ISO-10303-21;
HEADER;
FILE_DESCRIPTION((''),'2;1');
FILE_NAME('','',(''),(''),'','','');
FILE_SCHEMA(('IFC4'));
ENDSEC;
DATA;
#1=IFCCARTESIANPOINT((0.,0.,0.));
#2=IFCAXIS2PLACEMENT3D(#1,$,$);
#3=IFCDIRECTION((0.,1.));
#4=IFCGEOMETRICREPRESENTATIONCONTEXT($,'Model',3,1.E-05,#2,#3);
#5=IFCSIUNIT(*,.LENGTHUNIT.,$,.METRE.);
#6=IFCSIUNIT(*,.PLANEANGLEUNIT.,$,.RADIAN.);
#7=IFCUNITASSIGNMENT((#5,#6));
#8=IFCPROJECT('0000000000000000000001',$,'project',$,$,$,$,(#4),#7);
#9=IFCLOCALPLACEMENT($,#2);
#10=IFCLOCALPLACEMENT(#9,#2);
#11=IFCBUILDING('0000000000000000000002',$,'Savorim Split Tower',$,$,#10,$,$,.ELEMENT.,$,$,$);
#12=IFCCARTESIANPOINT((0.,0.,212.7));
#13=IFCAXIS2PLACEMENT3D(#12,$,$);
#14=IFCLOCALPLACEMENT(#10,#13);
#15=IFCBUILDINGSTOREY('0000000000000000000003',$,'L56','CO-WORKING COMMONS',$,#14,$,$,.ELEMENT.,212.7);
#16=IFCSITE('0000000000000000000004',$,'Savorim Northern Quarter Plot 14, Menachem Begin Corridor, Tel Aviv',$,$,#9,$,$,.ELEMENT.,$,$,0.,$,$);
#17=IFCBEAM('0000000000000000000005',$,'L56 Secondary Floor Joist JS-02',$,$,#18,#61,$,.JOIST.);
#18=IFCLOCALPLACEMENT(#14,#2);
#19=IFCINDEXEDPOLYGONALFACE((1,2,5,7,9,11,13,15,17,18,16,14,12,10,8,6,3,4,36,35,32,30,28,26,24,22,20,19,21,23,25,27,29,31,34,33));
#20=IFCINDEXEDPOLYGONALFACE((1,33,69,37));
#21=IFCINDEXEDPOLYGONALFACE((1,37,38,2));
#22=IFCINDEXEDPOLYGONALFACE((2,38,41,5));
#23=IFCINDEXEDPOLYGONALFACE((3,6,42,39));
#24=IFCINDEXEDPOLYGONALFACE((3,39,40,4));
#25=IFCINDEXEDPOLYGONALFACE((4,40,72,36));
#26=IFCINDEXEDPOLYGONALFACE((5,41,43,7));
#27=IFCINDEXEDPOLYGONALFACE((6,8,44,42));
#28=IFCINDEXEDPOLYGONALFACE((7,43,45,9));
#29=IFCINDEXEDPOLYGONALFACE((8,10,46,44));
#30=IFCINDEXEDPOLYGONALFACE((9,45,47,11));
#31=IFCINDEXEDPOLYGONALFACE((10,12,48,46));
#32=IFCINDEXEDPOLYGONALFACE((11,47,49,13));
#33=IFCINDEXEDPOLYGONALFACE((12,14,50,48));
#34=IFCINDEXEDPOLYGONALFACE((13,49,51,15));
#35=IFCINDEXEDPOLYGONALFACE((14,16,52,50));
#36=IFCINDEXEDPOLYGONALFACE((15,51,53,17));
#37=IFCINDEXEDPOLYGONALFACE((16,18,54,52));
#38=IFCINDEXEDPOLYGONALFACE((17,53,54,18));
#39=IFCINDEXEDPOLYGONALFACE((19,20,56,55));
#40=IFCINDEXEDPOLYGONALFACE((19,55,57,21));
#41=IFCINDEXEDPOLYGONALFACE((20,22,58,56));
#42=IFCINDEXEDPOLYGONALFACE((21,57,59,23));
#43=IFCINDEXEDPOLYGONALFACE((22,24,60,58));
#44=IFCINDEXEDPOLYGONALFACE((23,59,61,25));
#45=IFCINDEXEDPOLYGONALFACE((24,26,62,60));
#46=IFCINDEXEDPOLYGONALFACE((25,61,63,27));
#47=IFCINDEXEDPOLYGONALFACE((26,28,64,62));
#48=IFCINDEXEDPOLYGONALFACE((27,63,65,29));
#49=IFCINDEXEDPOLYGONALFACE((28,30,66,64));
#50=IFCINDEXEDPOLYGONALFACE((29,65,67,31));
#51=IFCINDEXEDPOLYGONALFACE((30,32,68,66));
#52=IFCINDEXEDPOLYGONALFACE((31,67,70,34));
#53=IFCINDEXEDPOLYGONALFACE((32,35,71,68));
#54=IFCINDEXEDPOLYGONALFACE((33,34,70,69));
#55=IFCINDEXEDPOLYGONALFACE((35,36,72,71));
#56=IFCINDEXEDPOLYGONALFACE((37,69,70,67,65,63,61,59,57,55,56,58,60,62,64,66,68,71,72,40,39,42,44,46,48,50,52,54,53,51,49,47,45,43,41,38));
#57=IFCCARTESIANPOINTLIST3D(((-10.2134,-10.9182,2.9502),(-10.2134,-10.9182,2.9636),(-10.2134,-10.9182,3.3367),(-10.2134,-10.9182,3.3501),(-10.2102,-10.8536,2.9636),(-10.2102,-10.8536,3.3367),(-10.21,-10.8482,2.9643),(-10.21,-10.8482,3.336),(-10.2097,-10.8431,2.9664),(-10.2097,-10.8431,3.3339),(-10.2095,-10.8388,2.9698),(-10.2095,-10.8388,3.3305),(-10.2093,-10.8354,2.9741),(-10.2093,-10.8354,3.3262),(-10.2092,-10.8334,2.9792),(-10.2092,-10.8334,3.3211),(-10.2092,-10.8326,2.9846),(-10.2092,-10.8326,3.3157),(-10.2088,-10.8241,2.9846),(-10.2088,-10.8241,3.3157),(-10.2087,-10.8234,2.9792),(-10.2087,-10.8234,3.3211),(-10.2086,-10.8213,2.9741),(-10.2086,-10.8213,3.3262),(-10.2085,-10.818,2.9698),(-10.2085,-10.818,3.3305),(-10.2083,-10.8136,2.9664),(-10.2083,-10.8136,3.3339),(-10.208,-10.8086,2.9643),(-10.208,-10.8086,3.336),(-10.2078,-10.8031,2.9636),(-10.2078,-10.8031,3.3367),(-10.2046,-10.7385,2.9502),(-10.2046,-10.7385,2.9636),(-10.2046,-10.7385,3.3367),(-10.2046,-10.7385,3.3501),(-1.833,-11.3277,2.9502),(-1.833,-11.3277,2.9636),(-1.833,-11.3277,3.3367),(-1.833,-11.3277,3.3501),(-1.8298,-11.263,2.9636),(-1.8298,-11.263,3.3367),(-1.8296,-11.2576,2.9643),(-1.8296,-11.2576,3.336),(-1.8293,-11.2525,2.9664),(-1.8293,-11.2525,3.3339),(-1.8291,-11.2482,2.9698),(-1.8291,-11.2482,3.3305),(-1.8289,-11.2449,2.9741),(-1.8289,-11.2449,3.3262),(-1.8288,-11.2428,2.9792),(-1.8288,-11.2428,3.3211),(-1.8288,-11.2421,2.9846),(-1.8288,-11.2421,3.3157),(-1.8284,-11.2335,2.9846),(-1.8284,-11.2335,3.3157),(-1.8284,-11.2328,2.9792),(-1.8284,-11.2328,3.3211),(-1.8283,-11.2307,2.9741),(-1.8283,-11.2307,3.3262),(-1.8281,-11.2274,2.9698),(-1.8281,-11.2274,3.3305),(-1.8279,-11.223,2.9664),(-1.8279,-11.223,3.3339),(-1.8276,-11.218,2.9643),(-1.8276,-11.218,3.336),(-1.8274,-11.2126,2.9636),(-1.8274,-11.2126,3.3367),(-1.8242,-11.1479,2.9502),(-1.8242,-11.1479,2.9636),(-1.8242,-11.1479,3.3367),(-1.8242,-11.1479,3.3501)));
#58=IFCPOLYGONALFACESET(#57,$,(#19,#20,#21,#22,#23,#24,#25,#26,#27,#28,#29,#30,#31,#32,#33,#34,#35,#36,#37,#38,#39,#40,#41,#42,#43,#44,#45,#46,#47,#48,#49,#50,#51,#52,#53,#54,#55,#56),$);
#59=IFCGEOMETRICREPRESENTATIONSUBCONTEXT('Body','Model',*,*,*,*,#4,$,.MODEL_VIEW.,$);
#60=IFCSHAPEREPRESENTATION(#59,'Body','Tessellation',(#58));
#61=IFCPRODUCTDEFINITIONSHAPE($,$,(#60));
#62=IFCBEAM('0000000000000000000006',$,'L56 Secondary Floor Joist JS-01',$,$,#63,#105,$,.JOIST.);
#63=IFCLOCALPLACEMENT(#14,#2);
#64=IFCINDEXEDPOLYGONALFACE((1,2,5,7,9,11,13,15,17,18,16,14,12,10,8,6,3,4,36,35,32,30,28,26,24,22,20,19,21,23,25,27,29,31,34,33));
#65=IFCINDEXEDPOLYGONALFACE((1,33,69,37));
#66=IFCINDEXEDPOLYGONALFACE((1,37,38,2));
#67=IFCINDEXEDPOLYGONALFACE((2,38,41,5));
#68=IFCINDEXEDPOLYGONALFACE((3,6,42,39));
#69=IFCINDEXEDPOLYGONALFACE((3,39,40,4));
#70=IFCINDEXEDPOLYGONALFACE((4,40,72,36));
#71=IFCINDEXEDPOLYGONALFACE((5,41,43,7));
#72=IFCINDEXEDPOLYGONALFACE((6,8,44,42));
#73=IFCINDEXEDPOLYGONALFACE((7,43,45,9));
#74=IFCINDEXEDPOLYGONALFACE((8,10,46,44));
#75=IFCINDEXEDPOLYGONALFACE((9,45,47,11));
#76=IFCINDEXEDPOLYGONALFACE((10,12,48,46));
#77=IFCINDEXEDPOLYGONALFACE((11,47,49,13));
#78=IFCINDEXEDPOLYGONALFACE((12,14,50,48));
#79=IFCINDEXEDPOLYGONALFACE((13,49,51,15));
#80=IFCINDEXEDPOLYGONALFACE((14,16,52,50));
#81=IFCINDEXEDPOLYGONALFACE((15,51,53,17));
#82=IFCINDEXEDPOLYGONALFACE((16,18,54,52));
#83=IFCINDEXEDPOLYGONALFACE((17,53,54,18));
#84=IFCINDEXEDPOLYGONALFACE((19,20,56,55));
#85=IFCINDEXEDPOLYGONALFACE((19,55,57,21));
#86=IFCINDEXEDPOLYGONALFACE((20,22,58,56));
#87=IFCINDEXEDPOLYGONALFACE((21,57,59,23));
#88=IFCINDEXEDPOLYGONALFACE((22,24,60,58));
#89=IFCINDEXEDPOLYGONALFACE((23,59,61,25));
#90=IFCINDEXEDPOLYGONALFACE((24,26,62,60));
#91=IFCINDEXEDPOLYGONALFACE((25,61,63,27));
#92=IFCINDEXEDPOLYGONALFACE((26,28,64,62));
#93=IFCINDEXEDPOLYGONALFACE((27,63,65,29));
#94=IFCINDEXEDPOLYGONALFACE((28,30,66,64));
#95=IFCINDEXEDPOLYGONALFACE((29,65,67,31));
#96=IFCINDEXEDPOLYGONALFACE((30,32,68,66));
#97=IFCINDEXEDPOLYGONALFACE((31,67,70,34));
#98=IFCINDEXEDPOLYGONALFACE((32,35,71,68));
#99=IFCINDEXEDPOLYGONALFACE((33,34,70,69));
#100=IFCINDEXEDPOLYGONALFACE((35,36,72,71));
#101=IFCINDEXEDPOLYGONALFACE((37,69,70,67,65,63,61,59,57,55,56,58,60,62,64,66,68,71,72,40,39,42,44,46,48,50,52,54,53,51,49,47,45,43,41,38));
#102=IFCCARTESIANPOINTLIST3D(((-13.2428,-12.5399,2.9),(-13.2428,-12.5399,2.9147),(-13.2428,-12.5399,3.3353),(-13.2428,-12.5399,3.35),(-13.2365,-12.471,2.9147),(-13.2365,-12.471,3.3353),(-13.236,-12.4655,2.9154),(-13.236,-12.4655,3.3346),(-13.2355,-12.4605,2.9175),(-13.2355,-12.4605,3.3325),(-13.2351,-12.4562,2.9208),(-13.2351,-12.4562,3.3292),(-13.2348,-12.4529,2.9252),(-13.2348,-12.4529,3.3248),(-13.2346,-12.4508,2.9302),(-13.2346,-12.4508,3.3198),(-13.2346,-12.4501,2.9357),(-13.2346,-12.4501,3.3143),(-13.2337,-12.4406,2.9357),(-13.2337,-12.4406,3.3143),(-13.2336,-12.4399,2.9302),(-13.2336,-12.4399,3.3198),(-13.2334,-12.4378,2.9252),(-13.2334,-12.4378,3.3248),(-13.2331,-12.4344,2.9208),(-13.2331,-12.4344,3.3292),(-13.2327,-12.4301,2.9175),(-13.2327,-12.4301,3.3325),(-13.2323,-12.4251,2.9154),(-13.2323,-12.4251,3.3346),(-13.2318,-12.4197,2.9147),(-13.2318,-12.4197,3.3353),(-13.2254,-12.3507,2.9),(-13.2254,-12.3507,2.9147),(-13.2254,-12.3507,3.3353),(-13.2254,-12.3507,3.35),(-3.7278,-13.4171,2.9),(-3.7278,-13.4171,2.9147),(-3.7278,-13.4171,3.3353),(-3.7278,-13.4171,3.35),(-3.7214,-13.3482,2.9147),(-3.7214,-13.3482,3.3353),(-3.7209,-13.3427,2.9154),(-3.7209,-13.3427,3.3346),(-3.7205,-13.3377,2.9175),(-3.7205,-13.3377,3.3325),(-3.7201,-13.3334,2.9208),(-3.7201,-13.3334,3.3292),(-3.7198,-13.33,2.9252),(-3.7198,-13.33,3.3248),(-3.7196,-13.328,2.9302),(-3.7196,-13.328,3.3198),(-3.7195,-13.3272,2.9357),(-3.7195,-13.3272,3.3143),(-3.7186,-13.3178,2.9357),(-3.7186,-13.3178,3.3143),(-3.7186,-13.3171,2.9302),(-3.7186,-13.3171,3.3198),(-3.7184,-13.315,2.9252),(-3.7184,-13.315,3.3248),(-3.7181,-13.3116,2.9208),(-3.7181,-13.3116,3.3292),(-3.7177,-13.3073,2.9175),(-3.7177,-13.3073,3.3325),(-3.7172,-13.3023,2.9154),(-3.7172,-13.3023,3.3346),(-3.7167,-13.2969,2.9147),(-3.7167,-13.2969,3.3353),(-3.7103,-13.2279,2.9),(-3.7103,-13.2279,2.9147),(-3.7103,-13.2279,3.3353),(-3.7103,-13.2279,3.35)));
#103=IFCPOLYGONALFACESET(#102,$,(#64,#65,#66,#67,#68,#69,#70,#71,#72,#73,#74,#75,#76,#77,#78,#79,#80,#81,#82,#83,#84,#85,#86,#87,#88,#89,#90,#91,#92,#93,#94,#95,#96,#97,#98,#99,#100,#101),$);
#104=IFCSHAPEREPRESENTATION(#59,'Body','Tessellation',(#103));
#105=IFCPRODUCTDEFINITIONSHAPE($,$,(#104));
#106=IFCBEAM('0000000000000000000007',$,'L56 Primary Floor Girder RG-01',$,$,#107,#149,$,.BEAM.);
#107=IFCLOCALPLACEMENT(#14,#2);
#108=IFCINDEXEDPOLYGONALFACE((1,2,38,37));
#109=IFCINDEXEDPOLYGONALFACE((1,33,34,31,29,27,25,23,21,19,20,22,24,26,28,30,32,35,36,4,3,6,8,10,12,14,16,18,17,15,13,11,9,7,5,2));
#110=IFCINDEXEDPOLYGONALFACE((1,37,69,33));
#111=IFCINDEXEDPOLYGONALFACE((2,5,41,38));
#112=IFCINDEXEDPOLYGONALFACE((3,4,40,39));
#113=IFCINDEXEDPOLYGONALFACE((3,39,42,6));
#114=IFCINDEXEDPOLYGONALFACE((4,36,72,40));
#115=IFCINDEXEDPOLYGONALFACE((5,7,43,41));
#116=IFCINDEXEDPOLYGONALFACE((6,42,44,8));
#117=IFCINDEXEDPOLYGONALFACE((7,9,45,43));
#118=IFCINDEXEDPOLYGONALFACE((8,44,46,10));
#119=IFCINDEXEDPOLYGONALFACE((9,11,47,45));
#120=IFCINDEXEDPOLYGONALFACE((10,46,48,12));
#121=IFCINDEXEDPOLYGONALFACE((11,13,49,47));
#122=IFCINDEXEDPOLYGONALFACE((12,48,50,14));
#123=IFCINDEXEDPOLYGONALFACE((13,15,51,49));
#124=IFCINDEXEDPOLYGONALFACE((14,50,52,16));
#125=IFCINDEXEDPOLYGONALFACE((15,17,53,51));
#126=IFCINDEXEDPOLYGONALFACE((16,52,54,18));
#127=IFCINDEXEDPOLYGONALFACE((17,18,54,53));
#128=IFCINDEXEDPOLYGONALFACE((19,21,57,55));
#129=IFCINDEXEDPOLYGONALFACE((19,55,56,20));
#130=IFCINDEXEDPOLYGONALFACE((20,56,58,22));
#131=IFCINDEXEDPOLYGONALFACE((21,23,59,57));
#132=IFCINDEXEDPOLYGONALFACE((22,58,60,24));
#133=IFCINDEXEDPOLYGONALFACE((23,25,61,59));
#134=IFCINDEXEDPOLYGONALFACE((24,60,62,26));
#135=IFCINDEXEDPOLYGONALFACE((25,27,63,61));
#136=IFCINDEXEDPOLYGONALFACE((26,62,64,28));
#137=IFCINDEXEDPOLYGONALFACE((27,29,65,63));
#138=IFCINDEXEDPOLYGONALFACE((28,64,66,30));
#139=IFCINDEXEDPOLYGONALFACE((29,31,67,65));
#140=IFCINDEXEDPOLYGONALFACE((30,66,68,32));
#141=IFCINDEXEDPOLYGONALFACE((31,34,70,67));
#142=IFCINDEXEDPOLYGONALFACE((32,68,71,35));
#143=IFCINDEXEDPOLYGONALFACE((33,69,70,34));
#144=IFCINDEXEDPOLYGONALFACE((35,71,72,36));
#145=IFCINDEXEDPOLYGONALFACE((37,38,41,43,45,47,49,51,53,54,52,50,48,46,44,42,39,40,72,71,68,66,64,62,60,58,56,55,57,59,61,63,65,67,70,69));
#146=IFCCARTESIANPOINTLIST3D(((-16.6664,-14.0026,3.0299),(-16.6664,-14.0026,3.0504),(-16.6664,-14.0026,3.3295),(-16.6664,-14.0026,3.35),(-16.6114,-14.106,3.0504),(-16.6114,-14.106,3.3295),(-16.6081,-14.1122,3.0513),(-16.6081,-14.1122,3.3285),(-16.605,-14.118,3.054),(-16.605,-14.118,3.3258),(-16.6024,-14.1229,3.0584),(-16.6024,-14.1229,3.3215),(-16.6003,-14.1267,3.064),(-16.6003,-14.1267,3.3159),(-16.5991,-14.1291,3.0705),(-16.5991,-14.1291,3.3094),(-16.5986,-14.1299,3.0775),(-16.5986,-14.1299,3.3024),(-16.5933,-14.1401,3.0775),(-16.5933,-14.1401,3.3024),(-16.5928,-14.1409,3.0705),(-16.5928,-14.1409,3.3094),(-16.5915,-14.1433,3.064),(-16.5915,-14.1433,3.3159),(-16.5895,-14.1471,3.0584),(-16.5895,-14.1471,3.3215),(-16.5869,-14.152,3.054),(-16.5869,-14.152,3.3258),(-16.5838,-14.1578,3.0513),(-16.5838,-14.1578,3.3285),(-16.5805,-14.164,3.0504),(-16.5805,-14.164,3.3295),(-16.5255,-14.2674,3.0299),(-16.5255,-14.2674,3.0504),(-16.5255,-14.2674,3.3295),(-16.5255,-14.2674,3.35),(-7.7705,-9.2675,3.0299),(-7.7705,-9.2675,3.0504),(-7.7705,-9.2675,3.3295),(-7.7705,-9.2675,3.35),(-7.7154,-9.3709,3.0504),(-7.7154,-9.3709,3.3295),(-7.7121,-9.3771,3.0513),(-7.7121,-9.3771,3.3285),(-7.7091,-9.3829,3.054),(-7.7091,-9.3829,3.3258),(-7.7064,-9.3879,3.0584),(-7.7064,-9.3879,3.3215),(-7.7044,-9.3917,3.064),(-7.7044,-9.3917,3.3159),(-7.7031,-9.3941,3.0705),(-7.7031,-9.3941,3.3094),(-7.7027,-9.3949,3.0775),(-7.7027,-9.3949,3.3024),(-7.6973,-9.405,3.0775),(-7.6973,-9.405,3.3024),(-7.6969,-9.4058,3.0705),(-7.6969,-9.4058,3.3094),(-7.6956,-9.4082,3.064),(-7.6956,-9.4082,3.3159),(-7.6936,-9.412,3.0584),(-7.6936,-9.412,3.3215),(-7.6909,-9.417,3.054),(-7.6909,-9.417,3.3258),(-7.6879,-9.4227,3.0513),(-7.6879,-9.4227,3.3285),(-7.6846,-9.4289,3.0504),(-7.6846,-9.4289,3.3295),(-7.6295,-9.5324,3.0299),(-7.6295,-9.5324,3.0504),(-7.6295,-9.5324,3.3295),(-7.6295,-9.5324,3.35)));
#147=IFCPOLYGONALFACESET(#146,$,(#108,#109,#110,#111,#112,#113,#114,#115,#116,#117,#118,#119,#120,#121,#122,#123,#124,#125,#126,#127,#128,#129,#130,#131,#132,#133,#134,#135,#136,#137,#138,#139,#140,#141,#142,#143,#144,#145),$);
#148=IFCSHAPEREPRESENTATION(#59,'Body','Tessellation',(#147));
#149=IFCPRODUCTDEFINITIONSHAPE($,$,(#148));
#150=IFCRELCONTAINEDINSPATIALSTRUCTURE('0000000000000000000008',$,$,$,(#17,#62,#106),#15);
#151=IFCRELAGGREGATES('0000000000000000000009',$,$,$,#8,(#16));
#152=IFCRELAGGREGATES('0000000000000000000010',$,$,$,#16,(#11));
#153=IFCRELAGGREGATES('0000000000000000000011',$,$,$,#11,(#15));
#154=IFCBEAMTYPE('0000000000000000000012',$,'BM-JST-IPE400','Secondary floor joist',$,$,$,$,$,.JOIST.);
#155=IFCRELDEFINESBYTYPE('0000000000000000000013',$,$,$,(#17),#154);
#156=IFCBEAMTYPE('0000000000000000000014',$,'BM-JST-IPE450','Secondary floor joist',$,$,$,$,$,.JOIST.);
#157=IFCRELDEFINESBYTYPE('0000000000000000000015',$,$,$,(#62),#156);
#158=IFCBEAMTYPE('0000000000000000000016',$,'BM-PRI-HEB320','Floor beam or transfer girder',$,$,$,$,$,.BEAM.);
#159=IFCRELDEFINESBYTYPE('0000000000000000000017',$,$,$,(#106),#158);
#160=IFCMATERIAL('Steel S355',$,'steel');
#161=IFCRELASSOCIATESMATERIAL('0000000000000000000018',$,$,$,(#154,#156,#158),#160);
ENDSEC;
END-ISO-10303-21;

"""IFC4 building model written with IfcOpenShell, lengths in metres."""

from ifc_helpers import new_model, si_unit, direction, frame, origin, origin_2d, place, context, subcontext, project, spatial, i_section, extrude, material, material_profile, profile_set, type_object, element, save


model = new_model("IFC4")

# Units and contexts
model_context = context("Model", 3, precision=1e-05, world=origin(), true_north=direction((0.0, 1.0)))
body_context = subcontext(model_context, "Body", "Model", "MODEL_VIEW")
ifc_project = project(units=[si_unit("LENGTHUNIT", "METRE"), si_unit("PLANEANGLEUNIT", "RADIAN")], contexts=[model_context])

# Site, building, storey
site_placement = place(None, origin())
site = spatial("IfcSite", under=ifc_project, at=site_placement, Name="Savorim Northern Quarter Plot 14, Menachem Begin Corridor, Tel Aviv", CompositionType="ELEMENT", RefElevation=0.0)
building_placement = place(site_placement, origin())
building = spatial("IfcBuilding", under=site, at=building_placement, Name="Savorim Split Tower", CompositionType="ELEMENT")
storey_placement = place(building_placement, frame((0.0, 0.0, 212.7)))
storey = spatial("IfcBuildingStorey", under=building, at=storey_placement, Name="L56", Description="CO-WORKING COMMONS", CompositionType="ELEMENT", Elevation=212.7)

# Beams
ifc_material_1 = material(Name="Steel S355", Category="steel")
ifc_material_profile_1 = material_profile(ifc_material_1, i_section(OverallWidth=0.1799, OverallDepth=0.3999, WebThickness=0.0085, FlangeThickness=0.0134, FilletRadius=0.021, at=origin_2d()), Name="IPE 400")
ifc_profile_set_1 = profile_set([ifc_material_profile_1], Name="Steel S355")
beam_type_1 = type_object("IfcBeamType", Name="BM-JST-IPE400", Description="Secondary floor joist", PredefinedType="JOIST", material=ifc_profile_set_1)
beam_1_placement = place(storey_placement, frame((-10.209, -10.8284, 3.1501), z_axis=(0.998809, -0.048797, 0.0), x_axis=(0.048797, 0.998809, 0.0)))
element("IfcBeam", 1, at=beam_1_placement, inside=storey, type_object=beam_type_1, Name="L56 Secondary Floor Joist JS-02", PredefinedType="JOIST", context=body_context, shape_type="SweptSolid", body=[
    extrude(i_section(OverallWidth=0.1799, OverallDepth=0.3999, WebThickness=0.0085, FlangeThickness=0.0134, FilletRadius=0.021, at=origin_2d()), origin(), (0.0, 0.0, 1.0), 8.3904),
])
ifc_material_profile_2 = material_profile(ifc_material_1, i_section(OverallWidth=0.1899, OverallDepth=0.45, WebThickness=0.0095, FlangeThickness=0.0146, FilletRadius=0.021, at=origin_2d()), Name="IPE 450")
ifc_profile_set_2 = profile_set([ifc_material_profile_2], Name="Steel S355")
beam_type_2 = type_object("IfcBeamType", Name="BM-JST-IPE450", Description="Secondary floor joist", PredefinedType="JOIST", material=ifc_profile_set_2)
beam_2_placement = place(storey_placement, frame((-13.2341, -12.4453, 3.125), z_axis=(0.995777, -0.0918, 0.0), x_axis=(0.0918, 0.995777, 0.0)))
element("IfcBeam", 2, at=beam_2_placement, inside=storey, type_object=beam_type_2, Name="L56 Secondary Floor Joist JS-01", PredefinedType="JOIST", context=body_context, shape_type="SweptSolid", body=[
    extrude(i_section(OverallWidth=0.1899, OverallDepth=0.45, WebThickness=0.0095, FlangeThickness=0.0146, FilletRadius=0.021, at=origin_2d()), origin(), (0.0, 0.0, 1.0), 9.5554),
])
ifc_material_profile_3 = material_profile(ifc_material_1, i_section(OverallWidth=0.3, OverallDepth=0.3201, WebThickness=0.0115, FlangeThickness=0.0205, FilletRadius=0.0271, at=origin_2d()), Name="HEB 320")
ifc_profile_set_3 = profile_set([ifc_material_profile_3], Name="Steel S355")
beam_type_3 = type_object("IfcBeamType", Name="BM-PRI-HEB320", Description="Floor beam or transfer girder", PredefinedType="BEAM", material=ifc_profile_set_3)
beam_3_placement = place(storey_placement, frame((-16.5959, -14.135, 3.1899), z_axis=(0.882741, 0.46986, 0.0), x_axis=(-0.46986, 0.882741, 0.0)))
element("IfcBeam", 3, at=beam_3_placement, inside=storey, type_object=beam_type_3, Name="L56 Primary Floor Girder RG-01", PredefinedType="BEAM", context=body_context, shape_type="SweptSolid", body=[
    extrude(i_section(OverallWidth=0.3, OverallDepth=0.3201, WebThickness=0.0115, FlangeThickness=0.0205, FilletRadius=0.0271, at=origin_2d()), origin(), (0.0, 0.0, 1.0), 10.0776),
])

save(model, "model.ifc")
